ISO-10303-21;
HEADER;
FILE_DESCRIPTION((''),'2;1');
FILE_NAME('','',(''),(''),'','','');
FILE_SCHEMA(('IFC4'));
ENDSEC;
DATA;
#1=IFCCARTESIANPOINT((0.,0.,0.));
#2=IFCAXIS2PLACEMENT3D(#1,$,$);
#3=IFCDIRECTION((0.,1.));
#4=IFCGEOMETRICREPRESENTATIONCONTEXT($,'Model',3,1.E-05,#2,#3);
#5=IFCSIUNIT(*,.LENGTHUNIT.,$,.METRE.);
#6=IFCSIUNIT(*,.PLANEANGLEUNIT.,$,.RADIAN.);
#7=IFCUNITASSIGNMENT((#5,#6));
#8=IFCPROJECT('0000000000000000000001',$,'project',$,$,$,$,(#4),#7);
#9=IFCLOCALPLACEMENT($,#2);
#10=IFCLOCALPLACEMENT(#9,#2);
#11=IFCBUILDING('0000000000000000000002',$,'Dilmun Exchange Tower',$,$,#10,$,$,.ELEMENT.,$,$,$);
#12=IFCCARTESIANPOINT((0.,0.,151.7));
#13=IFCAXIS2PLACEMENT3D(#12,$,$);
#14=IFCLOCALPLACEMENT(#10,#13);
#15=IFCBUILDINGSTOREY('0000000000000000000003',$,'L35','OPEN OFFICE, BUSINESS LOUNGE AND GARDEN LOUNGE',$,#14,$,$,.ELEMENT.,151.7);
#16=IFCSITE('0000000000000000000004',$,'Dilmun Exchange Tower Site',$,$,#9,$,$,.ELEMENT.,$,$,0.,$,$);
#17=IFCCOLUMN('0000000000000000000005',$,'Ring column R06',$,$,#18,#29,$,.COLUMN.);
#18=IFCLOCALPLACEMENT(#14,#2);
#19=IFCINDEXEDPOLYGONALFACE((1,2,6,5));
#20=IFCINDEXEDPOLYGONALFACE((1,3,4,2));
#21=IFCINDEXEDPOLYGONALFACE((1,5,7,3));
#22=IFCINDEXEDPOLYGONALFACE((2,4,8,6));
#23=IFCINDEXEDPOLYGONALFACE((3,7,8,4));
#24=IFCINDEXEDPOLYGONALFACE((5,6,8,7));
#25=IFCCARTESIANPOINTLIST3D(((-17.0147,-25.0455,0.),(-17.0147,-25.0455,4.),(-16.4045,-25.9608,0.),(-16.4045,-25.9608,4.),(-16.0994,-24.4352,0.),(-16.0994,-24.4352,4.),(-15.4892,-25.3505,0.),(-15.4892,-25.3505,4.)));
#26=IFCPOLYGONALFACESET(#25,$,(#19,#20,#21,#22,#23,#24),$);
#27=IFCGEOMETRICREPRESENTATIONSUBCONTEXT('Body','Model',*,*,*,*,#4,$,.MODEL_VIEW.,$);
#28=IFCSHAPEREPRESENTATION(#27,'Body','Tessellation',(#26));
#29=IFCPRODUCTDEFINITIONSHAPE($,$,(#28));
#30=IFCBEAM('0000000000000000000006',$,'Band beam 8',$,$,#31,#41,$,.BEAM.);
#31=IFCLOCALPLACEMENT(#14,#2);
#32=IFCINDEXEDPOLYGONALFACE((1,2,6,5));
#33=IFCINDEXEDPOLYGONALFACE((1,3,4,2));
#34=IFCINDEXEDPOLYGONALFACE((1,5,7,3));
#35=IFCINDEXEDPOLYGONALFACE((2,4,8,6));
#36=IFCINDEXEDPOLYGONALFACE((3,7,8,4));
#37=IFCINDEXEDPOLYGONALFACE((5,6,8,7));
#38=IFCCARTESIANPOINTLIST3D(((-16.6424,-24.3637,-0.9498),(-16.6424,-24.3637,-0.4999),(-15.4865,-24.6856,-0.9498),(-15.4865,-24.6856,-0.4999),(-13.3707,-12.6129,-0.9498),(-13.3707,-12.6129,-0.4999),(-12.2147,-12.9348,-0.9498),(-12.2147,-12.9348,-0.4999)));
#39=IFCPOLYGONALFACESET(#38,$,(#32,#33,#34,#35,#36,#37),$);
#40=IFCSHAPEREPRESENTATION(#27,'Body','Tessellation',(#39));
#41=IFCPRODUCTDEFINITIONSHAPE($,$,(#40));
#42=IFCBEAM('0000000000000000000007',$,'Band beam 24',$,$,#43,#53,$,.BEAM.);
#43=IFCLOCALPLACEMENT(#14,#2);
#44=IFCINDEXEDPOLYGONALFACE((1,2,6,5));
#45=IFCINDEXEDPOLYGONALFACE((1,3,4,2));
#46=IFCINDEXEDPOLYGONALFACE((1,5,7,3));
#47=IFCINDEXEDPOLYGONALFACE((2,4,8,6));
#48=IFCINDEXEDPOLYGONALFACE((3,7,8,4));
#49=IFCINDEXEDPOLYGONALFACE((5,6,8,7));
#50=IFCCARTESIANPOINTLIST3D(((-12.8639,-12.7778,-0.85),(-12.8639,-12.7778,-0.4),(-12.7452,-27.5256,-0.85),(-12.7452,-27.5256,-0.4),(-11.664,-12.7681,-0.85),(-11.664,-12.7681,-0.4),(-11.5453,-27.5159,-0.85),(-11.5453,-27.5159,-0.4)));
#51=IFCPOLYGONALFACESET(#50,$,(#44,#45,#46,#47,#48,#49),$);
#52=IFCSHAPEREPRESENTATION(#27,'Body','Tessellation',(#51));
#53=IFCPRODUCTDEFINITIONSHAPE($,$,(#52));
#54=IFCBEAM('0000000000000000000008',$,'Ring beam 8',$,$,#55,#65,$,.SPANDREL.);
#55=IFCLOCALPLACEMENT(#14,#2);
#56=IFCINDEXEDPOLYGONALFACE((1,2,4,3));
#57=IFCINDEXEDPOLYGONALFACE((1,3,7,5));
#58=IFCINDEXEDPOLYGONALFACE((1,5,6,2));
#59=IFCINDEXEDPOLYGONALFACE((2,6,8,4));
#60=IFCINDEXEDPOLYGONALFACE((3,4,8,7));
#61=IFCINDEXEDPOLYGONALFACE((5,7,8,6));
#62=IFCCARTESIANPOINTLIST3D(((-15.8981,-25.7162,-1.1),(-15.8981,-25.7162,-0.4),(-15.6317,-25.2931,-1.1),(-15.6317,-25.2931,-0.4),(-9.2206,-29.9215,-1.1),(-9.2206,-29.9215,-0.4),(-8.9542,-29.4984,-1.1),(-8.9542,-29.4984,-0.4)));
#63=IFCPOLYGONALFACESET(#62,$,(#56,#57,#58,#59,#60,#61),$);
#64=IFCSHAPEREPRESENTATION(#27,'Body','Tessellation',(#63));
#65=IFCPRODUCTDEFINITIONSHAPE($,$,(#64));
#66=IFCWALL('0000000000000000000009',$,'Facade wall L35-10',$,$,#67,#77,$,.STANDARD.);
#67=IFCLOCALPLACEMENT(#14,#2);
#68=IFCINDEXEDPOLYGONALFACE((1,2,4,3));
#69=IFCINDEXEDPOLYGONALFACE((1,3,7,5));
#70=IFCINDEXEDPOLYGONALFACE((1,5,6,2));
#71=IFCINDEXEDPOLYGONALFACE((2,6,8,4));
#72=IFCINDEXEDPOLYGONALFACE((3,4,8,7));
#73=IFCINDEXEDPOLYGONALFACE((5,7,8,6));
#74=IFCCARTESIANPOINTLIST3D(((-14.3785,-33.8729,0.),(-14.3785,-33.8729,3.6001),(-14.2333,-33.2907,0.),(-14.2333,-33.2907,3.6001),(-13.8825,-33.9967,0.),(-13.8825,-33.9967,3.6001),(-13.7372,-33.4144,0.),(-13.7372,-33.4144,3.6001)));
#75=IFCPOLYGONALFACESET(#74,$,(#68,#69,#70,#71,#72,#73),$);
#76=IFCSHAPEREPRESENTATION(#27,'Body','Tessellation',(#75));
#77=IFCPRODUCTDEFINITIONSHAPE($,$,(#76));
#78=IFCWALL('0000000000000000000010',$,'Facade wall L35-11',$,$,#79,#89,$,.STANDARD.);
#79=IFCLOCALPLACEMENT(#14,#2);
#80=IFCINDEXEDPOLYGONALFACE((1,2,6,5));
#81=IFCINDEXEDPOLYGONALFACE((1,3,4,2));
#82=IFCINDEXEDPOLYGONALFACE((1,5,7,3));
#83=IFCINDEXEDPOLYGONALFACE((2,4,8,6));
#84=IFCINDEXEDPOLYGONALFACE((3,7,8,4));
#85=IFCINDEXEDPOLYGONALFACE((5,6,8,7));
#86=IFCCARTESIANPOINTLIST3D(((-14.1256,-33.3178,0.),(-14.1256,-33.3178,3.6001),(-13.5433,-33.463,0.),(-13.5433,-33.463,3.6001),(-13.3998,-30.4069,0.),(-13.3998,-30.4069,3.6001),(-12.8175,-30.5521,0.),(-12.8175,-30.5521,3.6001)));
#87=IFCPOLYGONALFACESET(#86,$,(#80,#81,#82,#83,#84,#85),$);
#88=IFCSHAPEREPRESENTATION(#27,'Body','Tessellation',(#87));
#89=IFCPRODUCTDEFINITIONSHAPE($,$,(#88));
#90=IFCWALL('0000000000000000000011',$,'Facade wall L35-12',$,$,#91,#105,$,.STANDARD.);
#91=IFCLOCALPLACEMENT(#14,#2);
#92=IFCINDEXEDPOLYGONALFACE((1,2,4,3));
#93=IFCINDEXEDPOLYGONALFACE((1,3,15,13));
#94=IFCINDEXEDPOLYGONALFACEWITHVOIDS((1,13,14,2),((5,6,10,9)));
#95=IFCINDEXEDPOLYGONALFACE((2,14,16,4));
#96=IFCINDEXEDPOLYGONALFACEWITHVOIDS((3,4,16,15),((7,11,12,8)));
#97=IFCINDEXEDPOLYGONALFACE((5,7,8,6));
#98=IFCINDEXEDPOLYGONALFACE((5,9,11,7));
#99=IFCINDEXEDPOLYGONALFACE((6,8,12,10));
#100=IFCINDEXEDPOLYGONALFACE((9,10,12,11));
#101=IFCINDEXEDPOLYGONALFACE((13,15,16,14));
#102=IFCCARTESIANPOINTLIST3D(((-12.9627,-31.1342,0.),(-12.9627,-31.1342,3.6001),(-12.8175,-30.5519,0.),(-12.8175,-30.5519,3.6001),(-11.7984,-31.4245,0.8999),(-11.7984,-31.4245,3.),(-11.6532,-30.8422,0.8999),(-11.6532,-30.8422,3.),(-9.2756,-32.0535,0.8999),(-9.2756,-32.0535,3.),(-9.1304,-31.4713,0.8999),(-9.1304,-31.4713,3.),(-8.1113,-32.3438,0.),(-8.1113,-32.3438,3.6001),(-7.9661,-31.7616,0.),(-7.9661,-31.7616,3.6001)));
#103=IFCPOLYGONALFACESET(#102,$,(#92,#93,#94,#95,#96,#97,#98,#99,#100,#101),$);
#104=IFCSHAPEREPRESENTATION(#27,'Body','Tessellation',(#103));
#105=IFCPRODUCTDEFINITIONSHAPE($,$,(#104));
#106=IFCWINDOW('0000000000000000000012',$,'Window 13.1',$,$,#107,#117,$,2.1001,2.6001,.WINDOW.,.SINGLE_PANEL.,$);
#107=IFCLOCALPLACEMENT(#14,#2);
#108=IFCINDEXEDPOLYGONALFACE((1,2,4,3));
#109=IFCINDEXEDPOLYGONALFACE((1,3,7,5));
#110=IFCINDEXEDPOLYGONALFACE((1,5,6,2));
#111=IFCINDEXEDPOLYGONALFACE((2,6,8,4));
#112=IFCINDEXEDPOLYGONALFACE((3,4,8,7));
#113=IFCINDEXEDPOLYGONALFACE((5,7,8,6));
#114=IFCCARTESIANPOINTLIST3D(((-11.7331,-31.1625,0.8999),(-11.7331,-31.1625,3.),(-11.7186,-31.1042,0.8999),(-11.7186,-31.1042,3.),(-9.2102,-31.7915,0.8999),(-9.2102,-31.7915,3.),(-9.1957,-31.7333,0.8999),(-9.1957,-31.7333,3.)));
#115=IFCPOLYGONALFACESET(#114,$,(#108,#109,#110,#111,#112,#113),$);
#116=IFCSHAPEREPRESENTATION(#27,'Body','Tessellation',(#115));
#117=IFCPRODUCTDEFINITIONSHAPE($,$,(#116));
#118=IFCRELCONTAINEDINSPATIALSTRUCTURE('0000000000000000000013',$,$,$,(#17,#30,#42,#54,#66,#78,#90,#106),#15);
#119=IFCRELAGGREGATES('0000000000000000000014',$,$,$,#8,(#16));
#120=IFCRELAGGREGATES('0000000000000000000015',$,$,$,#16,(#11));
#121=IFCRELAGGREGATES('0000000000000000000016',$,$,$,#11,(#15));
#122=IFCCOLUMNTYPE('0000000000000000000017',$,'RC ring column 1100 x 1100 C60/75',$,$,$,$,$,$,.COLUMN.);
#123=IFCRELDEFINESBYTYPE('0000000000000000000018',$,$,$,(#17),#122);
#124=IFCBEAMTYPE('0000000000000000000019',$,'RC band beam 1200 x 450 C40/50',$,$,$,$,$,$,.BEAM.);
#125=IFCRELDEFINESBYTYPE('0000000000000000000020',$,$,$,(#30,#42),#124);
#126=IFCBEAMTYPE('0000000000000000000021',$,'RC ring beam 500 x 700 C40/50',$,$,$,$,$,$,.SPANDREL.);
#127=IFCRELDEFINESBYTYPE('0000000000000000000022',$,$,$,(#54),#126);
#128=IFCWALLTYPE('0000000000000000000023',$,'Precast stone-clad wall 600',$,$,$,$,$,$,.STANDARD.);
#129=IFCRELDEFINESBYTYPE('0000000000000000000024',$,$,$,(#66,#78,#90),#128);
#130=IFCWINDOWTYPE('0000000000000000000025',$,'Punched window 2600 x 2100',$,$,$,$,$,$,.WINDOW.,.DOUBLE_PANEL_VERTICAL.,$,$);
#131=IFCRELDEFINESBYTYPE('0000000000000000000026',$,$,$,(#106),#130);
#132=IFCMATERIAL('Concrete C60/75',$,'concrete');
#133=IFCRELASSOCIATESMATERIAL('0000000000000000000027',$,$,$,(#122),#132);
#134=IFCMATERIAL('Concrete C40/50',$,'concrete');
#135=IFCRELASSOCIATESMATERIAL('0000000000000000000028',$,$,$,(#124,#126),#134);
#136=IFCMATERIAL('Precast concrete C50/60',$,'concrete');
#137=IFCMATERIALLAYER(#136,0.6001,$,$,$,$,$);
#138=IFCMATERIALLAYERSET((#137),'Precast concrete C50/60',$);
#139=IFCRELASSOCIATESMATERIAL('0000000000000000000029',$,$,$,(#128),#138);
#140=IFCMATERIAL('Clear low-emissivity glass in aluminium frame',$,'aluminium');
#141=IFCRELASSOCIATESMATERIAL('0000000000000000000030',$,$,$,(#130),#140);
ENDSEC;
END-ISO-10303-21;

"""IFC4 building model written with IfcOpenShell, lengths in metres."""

from ifc_helpers import new_model, si_unit, direction, frame, frame_2d, origin, origin_2d, place, context, subcontext, project, spatial, rectangle, extrude, material, layer, layer_set, material_profile, profile_set, type_object, element, fill, save


model = new_model("IFC4")

# Units and contexts
model_context = context("Model", 3, precision=1e-05, world=origin(), true_north=direction((0.0, 1.0)))
body_context = subcontext(model_context, "Body", "Model", "MODEL_VIEW")
ifc_project = project(units=[si_unit("LENGTHUNIT", "METRE"), si_unit("PLANEANGLEUNIT", "RADIAN")], contexts=[model_context])

# Site, building, storey
site_placement = place(None, origin())
site = spatial("IfcSite", under=ifc_project, at=site_placement, Name="Dilmun Exchange Tower Site", CompositionType="ELEMENT", RefElevation=0.0)
building_placement = place(site_placement, origin())
building = spatial("IfcBuilding", under=site, at=building_placement, Name="Dilmun Exchange Tower", CompositionType="ELEMENT")
storey_placement = place(building_placement, frame((0.0, 0.0, 151.7)))
storey = spatial("IfcBuildingStorey", under=building, at=storey_placement, Name="L35", Description="OPEN OFFICE, BUSINESS LOUNGE AND GARDEN LOUNGE", CompositionType="ELEMENT", Elevation=151.7)

# Column
ifc_material_1 = material(Name="Concrete C60/75", Category="concrete")
ifc_material_profile_1 = material_profile(ifc_material_1, rectangle(XDim=1.1001, YDim=1.1001, at=origin_2d()), Name="1100 x 1100")
ifc_profile_set_1 = profile_set([ifc_material_profile_1], Name="Concrete C60/75")
column_type = type_object("IfcColumnType", Name="RC ring column 1100 x 1100 C60/75", PredefinedType="COLUMN", material=ifc_profile_set_1)
column_placement = place(storey_placement, frame((-16.252, -25.198, 0.0), z_axis=(0.0, 0.0, 1.0), x_axis=(0.832029, 0.554733, 0.0)))
element("IfcColumn", 1, at=column_placement, inside=storey, type_object=column_type, Name="Ring column R06", PredefinedType="COLUMN", context=body_context, shape_type="SweptSolid", body=[
    extrude(rectangle(XDim=1.1001, YDim=1.1001, at=origin_2d()), origin(), (0.0, 0.0, 1.0), 4.0),
])

# Beams
ifc_material_2 = material(Name="Concrete C40/50", Category="concrete")
ifc_material_profile_2 = material_profile(ifc_material_2, rectangle(XDim=1.2, YDim=0.45, at=origin_2d()), Name="1200 x 450")
ifc_profile_set_2 = profile_set([ifc_material_profile_2], Name="Concrete C40/50")
beam_type_1 = type_object("IfcBeamType", Name="RC band beam 1200 x 450 C40/50", PredefinedType="BEAM", material=ifc_profile_set_2)
beam_1_placement = place(storey_placement, frame((-16.0645, -24.5247, -0.7249), z_axis=(0.268225, 0.963356, 0.0), x_axis=(-0.963356, 0.268225, 0.0)))
element("IfcBeam", 2, at=beam_1_placement, inside=storey, type_object=beam_type_1, Name="Band beam 8", PredefinedType="BEAM", context=body_context, shape_type="SweptSolid", body=[
    extrude(rectangle(XDim=1.2, YDim=0.45, at=origin_2d()), origin(), (0.0, 0.0, 1.0), 12.1978),
])
beam_2_placement = place(storey_placement, frame((-12.1453, -27.5208, -0.625), z_axis=(-0.008045, 0.999968, 0.0), x_axis=(-0.999968, -0.008045, 0.0)))
element("IfcBeam", 3, at=beam_2_placement, inside=storey, type_object=beam_type_1, Name="Band beam 24", PredefinedType="BEAM", context=body_context, shape_type="SweptSolid", body=[
    extrude(rectangle(XDim=1.2, YDim=0.45, at=origin_2d()), origin(), (0.0, 0.0, 1.0), 14.7483),
])
ifc_material_profile_3 = material_profile(ifc_material_2, rectangle(XDim=0.5, YDim=0.7, at=origin_2d()), Name="500 x 700")
ifc_profile_set_3 = profile_set([ifc_material_profile_3], Name="Concrete C40/50")
beam_type_2 = type_object("IfcBeamType", Name="RC ring beam 500 x 700 C40/50", PredefinedType="SPANDREL", material=ifc_profile_set_3)
beam_3_placement = place(storey_placement, frame((-15.7649, -25.5046, -0.75), z_axis=(0.846177, -0.532902, 0.0), x_axis=(0.532902, 0.846177, 0.0)))
element("IfcBeam", 4, at=beam_3_placement, inside=storey, type_object=beam_type_2, Name="Ring beam 8", PredefinedType="SPANDREL", context=body_context, shape_type="SweptSolid", body=[
    extrude(rectangle(XDim=0.5, YDim=0.7, at=origin_2d()), origin(), (0.0, 0.0, 1.0), 7.8914),
])

# Walls
ifc_material_3 = material(Name="Precast concrete C50/60", Category="concrete")
ifc_layer = layer(ifc_material_3, 0.6001)
ifc_layer_set = layer_set([ifc_layer], Name="Precast concrete C50/60")
wall_type = type_object("IfcWallType", Name="Precast stone-clad wall 600", PredefinedType="STANDARD", material=ifc_layer_set)
wall_1_placement = place(storey_placement, frame((-14.3059, -33.5818, 0.0), z_axis=(0.0, 0.0, 1.0), x_axis=(0.970255, -0.242086, 0.0)))
element("IfcWall", 5, at=wall_1_placement, inside=storey, type_object=wall_type, Name="Facade wall L35-10", PredefinedType="STANDARD", context=body_context, shape_type="SweptSolid", body=[
    extrude(rectangle(XDim=0.5112, YDim=0.6001, at=frame_2d((0.2556, 0.0))), origin(), (0.0, 0.0, 1.0), 3.6001),
])
wall_2_placement = place(storey_placement, frame((-13.8345, -33.3904, 0.0), z_axis=(0.0, 0.0, 1.0), x_axis=(0.241942, 0.970291, 0.0)))
element("IfcWall", 6, at=wall_2_placement, inside=storey, type_object=wall_type, Name="Facade wall L35-11", PredefinedType="STANDARD", context=body_context, shape_type="SweptSolid", body=[
    extrude(rectangle(XDim=3.0, YDim=0.6001, at=frame_2d((1.5, 0.0))), origin(), (0.0, 0.0, 1.0), 3.6001),
])

# Wall, opening, window
wall_3_placement = place(storey_placement, frame((-12.8901, -30.843, 0.0), z_axis=(0.0, 0.0, 1.0), x_axis=(0.970292, -0.241938, 0.0)))
wall_3 = element("IfcWall", 7, at=wall_3_placement, inside=storey, type_object=wall_type, Name="Facade wall L35-12", PredefinedType="STANDARD", context=body_context, shape_type="SweptSolid", body=[
    extrude(rectangle(XDim=5.0, YDim=0.6001, at=frame_2d((2.5, 0.0))), origin(), (0.0, 0.0, 1.0), 3.6001),
])
opening_placement = place(wall_3_placement, frame((1.2, 0.0, 0.8999)))
opening = element("IfcOpeningElement", 8, at=opening_placement, cuts=wall_3, PredefinedType="OPENING", context=body_context, shape_type="SweptSolid", body=[
    extrude(rectangle(XDim=2.6001, YDim=2.1001, at=frame_2d((1.3, 1.05))), frame((0.0, 0.3101, 0.0), z_axis=(0.0, -1.0, 0.0), x_axis=(1.0, 0.0, 0.0)), (0.0, 0.0, 1.0), 0.6201),
])
ifc_material_4 = material(Name="Clear low-emissivity glass in aluminium frame", Category="aluminium")
window_type = type_object("IfcWindowType", Name="Punched window 2600 x 2100", PartitioningType="DOUBLE_PANEL_VERTICAL", PredefinedType="WINDOW", material=ifc_material_4)
window_placement = place(opening_placement, origin())
window = element("IfcWindow", 9, at=window_placement, inside=storey, type_object=window_type, Name="Window 13.1", OverallHeight=2.1001, OverallWidth=2.6001, PartitioningType="SINGLE_PANEL", PredefinedType="WINDOW", context=body_context, shape_type="SweptSolid", body=[
    extrude(rectangle(XDim=2.6001, YDim=2.1001, at=frame_2d((1.3, 1.05))), frame((0.0, 0.03, 0.0), z_axis=(0.0, -1.0, 0.0), x_axis=(1.0, 0.0, 0.0)), (0.0, 0.0, 1.0), 0.0601),
])
fill(opening, window)

save(model, "model.ifc")
